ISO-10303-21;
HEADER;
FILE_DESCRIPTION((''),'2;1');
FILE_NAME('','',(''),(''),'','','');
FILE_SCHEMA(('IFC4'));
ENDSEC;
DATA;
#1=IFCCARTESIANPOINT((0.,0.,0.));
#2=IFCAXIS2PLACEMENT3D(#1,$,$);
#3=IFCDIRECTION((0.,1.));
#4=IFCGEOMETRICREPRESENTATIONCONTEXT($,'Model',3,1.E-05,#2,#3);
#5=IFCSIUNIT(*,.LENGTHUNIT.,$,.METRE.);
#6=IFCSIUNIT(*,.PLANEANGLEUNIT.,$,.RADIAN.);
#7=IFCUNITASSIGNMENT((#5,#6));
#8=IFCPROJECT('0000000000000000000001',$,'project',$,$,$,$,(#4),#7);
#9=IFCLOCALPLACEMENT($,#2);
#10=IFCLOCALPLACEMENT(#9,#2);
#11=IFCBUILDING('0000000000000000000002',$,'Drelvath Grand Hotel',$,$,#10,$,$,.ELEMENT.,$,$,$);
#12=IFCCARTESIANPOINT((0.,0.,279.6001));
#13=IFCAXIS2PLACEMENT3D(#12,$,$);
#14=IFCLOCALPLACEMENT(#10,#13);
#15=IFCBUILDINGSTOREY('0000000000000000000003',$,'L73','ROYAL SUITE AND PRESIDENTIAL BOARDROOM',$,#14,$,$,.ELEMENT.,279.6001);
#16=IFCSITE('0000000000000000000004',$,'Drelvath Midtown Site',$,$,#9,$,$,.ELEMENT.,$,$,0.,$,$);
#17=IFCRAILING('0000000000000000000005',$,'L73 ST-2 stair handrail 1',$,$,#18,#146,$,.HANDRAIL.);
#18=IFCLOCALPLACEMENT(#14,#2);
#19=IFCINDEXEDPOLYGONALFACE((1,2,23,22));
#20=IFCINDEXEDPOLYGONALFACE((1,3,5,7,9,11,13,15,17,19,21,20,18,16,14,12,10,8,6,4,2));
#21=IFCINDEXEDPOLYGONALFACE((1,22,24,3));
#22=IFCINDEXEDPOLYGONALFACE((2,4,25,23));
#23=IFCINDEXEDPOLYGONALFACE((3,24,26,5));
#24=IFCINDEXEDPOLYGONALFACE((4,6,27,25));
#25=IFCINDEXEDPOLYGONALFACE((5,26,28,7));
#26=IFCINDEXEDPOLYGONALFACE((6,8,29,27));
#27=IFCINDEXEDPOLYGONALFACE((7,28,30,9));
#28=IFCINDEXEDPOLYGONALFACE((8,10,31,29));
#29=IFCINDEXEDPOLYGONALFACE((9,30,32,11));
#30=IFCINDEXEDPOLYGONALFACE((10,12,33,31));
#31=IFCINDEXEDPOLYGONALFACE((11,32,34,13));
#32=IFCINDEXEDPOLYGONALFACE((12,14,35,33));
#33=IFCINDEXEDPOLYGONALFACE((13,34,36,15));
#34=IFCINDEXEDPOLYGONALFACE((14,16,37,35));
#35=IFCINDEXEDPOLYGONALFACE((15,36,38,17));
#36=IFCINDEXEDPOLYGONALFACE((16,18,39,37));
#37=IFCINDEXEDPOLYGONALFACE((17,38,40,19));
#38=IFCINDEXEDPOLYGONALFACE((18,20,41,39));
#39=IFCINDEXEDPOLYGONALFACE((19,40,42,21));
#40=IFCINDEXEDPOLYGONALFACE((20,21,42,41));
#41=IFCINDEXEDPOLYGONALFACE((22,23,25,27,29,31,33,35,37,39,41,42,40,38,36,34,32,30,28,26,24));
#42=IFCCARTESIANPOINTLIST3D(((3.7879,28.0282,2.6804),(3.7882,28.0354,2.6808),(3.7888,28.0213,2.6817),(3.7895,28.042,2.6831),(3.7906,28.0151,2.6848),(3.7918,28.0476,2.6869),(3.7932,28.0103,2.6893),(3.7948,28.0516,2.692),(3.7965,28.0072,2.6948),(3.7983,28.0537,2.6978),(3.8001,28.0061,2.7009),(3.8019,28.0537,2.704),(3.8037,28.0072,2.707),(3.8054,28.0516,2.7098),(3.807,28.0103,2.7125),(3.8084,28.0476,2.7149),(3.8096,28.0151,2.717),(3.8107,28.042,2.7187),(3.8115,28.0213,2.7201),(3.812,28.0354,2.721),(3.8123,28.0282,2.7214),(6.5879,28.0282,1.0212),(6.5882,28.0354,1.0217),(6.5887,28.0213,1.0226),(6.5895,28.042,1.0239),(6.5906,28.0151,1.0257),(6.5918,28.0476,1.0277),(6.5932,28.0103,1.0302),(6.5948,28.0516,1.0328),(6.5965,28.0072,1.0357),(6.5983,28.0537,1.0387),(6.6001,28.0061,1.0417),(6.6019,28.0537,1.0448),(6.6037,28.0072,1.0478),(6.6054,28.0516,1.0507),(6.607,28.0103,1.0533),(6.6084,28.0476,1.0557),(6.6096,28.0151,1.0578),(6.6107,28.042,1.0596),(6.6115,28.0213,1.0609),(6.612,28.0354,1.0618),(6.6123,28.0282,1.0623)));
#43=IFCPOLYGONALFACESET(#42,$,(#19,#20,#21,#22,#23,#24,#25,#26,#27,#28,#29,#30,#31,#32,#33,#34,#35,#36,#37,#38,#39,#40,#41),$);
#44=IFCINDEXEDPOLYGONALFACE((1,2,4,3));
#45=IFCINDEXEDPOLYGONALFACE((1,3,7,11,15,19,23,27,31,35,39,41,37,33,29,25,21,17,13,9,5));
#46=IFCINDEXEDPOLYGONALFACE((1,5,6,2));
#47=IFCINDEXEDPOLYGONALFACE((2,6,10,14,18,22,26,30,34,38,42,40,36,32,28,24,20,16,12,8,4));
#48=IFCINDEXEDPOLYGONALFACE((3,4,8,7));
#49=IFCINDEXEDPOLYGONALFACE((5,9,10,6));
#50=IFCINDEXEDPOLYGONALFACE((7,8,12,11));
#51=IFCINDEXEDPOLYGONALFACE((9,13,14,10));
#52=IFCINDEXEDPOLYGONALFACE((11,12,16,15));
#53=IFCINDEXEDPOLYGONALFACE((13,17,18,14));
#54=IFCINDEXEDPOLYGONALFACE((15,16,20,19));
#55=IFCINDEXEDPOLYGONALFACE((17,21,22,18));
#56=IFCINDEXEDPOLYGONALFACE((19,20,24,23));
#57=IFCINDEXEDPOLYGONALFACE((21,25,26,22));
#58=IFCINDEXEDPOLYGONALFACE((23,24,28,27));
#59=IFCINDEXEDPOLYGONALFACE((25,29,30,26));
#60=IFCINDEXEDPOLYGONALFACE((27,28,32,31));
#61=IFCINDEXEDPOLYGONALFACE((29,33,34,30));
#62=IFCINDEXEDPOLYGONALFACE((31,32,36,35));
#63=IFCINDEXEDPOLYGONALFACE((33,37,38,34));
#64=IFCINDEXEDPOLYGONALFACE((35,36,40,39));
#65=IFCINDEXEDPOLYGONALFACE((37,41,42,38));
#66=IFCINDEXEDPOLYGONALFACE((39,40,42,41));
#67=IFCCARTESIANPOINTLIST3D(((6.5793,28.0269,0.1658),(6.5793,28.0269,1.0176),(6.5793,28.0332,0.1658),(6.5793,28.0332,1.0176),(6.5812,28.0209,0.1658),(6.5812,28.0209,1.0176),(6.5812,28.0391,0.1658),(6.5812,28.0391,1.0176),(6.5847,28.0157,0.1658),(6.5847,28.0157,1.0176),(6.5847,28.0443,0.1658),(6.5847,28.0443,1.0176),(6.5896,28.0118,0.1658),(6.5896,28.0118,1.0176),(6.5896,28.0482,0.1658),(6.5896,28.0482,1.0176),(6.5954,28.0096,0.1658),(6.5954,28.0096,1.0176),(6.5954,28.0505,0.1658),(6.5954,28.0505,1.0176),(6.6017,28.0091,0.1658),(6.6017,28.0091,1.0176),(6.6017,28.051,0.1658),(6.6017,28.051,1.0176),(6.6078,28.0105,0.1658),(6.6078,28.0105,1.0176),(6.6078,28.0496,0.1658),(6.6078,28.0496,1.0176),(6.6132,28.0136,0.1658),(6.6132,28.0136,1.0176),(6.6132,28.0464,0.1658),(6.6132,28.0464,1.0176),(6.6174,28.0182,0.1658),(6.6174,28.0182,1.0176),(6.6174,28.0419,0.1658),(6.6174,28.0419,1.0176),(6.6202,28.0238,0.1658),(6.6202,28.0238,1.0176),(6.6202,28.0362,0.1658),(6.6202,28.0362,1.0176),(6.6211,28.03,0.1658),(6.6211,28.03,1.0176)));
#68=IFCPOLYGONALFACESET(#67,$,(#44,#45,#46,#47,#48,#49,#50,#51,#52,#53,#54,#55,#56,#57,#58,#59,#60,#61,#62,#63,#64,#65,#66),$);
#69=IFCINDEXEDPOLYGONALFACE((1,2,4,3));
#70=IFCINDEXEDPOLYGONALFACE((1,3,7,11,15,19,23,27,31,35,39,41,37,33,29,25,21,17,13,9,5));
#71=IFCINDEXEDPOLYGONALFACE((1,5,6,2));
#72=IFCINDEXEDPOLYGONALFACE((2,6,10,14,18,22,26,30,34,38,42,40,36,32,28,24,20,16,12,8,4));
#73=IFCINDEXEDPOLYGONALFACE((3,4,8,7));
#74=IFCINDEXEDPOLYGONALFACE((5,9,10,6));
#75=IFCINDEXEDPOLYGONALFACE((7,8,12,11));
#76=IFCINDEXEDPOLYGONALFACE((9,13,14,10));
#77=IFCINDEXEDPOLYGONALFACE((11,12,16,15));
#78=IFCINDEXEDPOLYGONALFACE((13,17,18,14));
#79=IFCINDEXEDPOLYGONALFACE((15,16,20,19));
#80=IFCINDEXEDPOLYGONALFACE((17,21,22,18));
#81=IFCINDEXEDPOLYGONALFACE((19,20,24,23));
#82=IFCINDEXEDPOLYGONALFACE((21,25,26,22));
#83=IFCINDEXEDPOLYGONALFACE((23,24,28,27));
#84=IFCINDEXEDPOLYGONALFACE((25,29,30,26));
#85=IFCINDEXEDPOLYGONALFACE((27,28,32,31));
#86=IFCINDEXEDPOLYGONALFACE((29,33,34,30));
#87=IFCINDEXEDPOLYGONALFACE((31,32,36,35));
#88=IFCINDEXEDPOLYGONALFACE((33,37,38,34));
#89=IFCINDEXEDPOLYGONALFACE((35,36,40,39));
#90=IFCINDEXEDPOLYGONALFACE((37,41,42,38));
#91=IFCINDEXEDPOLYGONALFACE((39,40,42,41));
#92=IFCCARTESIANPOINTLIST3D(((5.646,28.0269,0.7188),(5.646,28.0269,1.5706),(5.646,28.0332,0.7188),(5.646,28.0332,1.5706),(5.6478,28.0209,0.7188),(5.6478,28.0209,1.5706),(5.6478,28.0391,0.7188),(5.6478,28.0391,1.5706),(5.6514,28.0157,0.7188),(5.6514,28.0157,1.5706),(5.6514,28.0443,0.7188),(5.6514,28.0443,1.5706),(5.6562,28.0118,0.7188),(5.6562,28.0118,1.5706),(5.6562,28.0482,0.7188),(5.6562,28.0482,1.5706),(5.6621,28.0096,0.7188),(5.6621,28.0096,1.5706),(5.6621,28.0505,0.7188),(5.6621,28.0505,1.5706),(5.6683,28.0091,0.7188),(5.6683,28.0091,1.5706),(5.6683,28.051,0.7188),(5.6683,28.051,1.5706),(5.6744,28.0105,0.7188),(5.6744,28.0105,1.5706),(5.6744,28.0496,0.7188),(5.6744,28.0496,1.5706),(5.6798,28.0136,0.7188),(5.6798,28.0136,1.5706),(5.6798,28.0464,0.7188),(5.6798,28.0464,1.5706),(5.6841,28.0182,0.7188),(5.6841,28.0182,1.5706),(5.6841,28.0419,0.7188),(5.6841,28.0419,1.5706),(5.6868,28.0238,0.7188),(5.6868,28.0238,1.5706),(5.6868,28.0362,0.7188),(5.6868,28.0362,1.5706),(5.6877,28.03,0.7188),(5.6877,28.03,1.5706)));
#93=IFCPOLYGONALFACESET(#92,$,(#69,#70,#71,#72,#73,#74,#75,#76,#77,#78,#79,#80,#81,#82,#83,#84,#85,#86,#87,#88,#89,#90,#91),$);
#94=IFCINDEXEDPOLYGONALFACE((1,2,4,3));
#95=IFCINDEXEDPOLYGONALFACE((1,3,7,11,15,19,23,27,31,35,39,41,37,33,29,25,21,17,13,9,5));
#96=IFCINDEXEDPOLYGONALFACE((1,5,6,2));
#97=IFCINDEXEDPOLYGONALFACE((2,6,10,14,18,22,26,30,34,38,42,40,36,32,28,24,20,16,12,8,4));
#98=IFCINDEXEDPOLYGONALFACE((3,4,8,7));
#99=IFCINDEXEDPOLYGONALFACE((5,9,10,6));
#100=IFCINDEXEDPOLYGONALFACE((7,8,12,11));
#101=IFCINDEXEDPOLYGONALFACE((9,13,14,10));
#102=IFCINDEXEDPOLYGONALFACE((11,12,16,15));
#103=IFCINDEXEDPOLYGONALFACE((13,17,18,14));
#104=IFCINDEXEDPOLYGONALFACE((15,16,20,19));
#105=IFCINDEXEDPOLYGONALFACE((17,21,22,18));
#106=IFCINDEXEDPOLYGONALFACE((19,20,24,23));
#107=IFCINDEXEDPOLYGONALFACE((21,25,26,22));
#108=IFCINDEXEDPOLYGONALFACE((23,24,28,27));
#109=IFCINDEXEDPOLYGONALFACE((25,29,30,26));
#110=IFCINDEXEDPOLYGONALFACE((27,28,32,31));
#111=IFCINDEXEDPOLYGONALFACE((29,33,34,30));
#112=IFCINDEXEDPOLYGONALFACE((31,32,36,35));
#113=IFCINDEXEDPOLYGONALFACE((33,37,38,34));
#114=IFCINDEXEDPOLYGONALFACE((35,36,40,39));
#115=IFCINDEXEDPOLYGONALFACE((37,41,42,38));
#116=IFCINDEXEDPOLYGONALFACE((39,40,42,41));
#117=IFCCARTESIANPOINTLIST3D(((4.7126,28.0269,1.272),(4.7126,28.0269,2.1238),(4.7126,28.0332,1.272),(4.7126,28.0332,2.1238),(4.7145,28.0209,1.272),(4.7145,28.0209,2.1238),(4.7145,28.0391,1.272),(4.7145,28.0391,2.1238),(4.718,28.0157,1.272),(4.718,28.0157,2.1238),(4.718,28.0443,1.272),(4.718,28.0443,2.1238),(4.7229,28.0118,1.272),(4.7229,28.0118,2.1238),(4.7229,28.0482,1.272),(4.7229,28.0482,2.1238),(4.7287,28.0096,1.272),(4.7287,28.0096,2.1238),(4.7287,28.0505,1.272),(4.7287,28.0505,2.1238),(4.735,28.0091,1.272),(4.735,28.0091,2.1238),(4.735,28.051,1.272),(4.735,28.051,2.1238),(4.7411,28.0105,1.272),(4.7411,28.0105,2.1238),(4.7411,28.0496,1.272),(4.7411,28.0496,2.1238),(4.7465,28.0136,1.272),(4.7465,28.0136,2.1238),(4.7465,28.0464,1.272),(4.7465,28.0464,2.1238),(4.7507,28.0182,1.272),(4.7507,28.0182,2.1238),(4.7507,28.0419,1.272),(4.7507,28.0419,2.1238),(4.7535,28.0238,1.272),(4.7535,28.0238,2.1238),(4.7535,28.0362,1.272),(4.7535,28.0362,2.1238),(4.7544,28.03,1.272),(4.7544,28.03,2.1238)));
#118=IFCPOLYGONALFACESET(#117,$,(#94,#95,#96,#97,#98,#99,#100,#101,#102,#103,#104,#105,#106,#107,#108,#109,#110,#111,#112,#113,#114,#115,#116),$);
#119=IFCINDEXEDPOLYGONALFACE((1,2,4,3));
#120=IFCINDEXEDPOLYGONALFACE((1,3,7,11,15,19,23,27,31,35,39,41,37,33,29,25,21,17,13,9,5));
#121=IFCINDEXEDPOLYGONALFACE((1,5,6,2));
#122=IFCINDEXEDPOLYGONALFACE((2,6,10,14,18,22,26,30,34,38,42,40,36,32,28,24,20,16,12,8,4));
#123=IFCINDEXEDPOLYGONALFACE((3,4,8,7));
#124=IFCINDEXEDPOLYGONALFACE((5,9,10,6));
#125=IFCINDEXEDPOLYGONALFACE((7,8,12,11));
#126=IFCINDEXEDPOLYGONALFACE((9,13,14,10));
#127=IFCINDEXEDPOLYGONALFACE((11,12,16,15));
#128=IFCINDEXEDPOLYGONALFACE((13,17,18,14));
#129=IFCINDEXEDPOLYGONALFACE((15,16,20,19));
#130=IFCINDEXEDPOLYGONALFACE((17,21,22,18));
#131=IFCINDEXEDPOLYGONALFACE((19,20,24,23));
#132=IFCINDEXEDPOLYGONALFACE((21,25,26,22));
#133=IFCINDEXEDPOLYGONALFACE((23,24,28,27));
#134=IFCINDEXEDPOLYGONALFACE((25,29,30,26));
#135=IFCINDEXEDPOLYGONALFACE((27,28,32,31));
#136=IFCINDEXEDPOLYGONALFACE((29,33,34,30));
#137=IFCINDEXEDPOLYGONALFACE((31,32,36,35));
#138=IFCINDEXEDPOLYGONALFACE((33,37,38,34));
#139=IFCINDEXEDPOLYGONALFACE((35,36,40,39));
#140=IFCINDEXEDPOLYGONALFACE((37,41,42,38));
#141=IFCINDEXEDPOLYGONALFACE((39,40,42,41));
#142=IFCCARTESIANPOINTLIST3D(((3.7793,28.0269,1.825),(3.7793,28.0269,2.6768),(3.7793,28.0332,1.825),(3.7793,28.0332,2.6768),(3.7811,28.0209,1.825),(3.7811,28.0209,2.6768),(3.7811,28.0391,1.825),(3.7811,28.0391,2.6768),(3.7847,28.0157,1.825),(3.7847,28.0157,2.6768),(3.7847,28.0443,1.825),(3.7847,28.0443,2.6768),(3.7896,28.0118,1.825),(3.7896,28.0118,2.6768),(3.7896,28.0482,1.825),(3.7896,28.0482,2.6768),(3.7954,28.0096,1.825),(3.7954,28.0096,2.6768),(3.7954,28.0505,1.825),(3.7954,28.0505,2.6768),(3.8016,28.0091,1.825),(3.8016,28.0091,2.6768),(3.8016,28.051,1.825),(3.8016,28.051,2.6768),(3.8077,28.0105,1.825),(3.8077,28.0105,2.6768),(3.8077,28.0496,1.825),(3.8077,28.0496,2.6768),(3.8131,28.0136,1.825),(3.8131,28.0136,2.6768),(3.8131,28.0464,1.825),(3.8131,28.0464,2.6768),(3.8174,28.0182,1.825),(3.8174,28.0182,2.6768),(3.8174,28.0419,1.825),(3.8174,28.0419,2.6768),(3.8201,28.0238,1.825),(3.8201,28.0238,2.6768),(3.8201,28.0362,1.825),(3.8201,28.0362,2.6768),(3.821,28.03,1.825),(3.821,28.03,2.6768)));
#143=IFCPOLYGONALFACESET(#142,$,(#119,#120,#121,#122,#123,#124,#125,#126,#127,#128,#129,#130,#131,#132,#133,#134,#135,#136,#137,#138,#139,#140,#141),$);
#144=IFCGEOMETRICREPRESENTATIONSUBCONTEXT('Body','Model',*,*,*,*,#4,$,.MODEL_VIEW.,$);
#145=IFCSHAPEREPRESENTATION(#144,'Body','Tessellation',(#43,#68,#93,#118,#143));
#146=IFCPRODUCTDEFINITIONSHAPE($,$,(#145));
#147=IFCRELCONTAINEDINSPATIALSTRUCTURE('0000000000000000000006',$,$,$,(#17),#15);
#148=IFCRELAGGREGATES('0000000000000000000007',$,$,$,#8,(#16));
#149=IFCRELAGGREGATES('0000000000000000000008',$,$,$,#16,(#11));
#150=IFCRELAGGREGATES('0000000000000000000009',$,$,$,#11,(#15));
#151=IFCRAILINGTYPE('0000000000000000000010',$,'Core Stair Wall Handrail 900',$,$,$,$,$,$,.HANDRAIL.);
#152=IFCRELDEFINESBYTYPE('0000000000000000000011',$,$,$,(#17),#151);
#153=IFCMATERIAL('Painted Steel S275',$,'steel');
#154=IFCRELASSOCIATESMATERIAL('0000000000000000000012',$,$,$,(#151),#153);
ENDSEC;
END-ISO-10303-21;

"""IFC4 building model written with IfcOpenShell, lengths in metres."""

from ifc_helpers import new_model, si_unit, direction, frame, origin, origin_2d, place, context, subcontext, project, spatial, circle, extrude, material, type_object, element, save


model = new_model("IFC4")

# Units and contexts
model_context = context("Model", 3, precision=1e-05, world=origin(), true_north=direction((0.0, 1.0)))
body_context = subcontext(model_context, "Body", "Model", "MODEL_VIEW")
ifc_project = project(units=[si_unit("LENGTHUNIT", "METRE"), si_unit("PLANEANGLEUNIT", "RADIAN")], contexts=[model_context])

# Site, building, storey
site_placement = place(None, origin())
site = spatial("IfcSite", under=ifc_project, at=site_placement, Name="Drelvath Midtown Site", CompositionType="ELEMENT", RefElevation=0.0)
building_placement = place(site_placement, origin())
building = spatial("IfcBuilding", under=site, at=building_placement, Name="Drelvath Grand Hotel", CompositionType="ELEMENT")
storey_placement = place(building_placement, frame((0.0, 0.0, 279.6001)))
storey = spatial("IfcBuildingStorey", under=building, at=storey_placement, Name="L73", Description="ROYAL SUITE AND PRESIDENTIAL BOARDROOM", CompositionType="ELEMENT", Elevation=279.6001)

# Shared definitions
ifc_material_1 = material(Name="Painted Steel S275", Category="steel")

# Railing
railing_type = type_object("IfcRailingType", Name="Core Stair Wall Handrail 900", PredefinedType="HANDRAIL", material=ifc_material_1)
railing_placement = place(storey_placement, frame((6.6001, 28.03, 0.1658)))
element("IfcRailing", 1, at=railing_placement, inside=storey, type_object=railing_type, Name="L73 ST-2 stair handrail 1", PredefinedType="HANDRAIL", context=body_context, shape_type="SweptSolid", body=[
    extrude(circle(Radius=0.0239, at=origin_2d()), frame((0.0, 0.0, 0.876), z_axis=(-0.860306, 0.0, 0.509778), x_axis=(0.0, -1.0, 0.0)), (0.0, 0.0, 1.0), 3.2546),
    extrude(circle(Radius=0.021, at=origin_2d()), origin(), (0.0, 0.0, 1.0), 0.8518),
    extrude(circle(Radius=0.021, at=origin_2d()), frame((-0.9333, 0.0, 0.553)), (0.0, 0.0, 1.0), 0.8518),
    extrude(circle(Radius=0.021, at=origin_2d()), frame((-1.8667, 0.0, 1.1062)), (0.0, 0.0, 1.0), 0.8518),
    extrude(circle(Radius=0.021, at=origin_2d()), frame((-2.8, 0.0, 1.6592)), (0.0, 0.0, 1.0), 0.8518),
])

save(model, "model.ifc")
